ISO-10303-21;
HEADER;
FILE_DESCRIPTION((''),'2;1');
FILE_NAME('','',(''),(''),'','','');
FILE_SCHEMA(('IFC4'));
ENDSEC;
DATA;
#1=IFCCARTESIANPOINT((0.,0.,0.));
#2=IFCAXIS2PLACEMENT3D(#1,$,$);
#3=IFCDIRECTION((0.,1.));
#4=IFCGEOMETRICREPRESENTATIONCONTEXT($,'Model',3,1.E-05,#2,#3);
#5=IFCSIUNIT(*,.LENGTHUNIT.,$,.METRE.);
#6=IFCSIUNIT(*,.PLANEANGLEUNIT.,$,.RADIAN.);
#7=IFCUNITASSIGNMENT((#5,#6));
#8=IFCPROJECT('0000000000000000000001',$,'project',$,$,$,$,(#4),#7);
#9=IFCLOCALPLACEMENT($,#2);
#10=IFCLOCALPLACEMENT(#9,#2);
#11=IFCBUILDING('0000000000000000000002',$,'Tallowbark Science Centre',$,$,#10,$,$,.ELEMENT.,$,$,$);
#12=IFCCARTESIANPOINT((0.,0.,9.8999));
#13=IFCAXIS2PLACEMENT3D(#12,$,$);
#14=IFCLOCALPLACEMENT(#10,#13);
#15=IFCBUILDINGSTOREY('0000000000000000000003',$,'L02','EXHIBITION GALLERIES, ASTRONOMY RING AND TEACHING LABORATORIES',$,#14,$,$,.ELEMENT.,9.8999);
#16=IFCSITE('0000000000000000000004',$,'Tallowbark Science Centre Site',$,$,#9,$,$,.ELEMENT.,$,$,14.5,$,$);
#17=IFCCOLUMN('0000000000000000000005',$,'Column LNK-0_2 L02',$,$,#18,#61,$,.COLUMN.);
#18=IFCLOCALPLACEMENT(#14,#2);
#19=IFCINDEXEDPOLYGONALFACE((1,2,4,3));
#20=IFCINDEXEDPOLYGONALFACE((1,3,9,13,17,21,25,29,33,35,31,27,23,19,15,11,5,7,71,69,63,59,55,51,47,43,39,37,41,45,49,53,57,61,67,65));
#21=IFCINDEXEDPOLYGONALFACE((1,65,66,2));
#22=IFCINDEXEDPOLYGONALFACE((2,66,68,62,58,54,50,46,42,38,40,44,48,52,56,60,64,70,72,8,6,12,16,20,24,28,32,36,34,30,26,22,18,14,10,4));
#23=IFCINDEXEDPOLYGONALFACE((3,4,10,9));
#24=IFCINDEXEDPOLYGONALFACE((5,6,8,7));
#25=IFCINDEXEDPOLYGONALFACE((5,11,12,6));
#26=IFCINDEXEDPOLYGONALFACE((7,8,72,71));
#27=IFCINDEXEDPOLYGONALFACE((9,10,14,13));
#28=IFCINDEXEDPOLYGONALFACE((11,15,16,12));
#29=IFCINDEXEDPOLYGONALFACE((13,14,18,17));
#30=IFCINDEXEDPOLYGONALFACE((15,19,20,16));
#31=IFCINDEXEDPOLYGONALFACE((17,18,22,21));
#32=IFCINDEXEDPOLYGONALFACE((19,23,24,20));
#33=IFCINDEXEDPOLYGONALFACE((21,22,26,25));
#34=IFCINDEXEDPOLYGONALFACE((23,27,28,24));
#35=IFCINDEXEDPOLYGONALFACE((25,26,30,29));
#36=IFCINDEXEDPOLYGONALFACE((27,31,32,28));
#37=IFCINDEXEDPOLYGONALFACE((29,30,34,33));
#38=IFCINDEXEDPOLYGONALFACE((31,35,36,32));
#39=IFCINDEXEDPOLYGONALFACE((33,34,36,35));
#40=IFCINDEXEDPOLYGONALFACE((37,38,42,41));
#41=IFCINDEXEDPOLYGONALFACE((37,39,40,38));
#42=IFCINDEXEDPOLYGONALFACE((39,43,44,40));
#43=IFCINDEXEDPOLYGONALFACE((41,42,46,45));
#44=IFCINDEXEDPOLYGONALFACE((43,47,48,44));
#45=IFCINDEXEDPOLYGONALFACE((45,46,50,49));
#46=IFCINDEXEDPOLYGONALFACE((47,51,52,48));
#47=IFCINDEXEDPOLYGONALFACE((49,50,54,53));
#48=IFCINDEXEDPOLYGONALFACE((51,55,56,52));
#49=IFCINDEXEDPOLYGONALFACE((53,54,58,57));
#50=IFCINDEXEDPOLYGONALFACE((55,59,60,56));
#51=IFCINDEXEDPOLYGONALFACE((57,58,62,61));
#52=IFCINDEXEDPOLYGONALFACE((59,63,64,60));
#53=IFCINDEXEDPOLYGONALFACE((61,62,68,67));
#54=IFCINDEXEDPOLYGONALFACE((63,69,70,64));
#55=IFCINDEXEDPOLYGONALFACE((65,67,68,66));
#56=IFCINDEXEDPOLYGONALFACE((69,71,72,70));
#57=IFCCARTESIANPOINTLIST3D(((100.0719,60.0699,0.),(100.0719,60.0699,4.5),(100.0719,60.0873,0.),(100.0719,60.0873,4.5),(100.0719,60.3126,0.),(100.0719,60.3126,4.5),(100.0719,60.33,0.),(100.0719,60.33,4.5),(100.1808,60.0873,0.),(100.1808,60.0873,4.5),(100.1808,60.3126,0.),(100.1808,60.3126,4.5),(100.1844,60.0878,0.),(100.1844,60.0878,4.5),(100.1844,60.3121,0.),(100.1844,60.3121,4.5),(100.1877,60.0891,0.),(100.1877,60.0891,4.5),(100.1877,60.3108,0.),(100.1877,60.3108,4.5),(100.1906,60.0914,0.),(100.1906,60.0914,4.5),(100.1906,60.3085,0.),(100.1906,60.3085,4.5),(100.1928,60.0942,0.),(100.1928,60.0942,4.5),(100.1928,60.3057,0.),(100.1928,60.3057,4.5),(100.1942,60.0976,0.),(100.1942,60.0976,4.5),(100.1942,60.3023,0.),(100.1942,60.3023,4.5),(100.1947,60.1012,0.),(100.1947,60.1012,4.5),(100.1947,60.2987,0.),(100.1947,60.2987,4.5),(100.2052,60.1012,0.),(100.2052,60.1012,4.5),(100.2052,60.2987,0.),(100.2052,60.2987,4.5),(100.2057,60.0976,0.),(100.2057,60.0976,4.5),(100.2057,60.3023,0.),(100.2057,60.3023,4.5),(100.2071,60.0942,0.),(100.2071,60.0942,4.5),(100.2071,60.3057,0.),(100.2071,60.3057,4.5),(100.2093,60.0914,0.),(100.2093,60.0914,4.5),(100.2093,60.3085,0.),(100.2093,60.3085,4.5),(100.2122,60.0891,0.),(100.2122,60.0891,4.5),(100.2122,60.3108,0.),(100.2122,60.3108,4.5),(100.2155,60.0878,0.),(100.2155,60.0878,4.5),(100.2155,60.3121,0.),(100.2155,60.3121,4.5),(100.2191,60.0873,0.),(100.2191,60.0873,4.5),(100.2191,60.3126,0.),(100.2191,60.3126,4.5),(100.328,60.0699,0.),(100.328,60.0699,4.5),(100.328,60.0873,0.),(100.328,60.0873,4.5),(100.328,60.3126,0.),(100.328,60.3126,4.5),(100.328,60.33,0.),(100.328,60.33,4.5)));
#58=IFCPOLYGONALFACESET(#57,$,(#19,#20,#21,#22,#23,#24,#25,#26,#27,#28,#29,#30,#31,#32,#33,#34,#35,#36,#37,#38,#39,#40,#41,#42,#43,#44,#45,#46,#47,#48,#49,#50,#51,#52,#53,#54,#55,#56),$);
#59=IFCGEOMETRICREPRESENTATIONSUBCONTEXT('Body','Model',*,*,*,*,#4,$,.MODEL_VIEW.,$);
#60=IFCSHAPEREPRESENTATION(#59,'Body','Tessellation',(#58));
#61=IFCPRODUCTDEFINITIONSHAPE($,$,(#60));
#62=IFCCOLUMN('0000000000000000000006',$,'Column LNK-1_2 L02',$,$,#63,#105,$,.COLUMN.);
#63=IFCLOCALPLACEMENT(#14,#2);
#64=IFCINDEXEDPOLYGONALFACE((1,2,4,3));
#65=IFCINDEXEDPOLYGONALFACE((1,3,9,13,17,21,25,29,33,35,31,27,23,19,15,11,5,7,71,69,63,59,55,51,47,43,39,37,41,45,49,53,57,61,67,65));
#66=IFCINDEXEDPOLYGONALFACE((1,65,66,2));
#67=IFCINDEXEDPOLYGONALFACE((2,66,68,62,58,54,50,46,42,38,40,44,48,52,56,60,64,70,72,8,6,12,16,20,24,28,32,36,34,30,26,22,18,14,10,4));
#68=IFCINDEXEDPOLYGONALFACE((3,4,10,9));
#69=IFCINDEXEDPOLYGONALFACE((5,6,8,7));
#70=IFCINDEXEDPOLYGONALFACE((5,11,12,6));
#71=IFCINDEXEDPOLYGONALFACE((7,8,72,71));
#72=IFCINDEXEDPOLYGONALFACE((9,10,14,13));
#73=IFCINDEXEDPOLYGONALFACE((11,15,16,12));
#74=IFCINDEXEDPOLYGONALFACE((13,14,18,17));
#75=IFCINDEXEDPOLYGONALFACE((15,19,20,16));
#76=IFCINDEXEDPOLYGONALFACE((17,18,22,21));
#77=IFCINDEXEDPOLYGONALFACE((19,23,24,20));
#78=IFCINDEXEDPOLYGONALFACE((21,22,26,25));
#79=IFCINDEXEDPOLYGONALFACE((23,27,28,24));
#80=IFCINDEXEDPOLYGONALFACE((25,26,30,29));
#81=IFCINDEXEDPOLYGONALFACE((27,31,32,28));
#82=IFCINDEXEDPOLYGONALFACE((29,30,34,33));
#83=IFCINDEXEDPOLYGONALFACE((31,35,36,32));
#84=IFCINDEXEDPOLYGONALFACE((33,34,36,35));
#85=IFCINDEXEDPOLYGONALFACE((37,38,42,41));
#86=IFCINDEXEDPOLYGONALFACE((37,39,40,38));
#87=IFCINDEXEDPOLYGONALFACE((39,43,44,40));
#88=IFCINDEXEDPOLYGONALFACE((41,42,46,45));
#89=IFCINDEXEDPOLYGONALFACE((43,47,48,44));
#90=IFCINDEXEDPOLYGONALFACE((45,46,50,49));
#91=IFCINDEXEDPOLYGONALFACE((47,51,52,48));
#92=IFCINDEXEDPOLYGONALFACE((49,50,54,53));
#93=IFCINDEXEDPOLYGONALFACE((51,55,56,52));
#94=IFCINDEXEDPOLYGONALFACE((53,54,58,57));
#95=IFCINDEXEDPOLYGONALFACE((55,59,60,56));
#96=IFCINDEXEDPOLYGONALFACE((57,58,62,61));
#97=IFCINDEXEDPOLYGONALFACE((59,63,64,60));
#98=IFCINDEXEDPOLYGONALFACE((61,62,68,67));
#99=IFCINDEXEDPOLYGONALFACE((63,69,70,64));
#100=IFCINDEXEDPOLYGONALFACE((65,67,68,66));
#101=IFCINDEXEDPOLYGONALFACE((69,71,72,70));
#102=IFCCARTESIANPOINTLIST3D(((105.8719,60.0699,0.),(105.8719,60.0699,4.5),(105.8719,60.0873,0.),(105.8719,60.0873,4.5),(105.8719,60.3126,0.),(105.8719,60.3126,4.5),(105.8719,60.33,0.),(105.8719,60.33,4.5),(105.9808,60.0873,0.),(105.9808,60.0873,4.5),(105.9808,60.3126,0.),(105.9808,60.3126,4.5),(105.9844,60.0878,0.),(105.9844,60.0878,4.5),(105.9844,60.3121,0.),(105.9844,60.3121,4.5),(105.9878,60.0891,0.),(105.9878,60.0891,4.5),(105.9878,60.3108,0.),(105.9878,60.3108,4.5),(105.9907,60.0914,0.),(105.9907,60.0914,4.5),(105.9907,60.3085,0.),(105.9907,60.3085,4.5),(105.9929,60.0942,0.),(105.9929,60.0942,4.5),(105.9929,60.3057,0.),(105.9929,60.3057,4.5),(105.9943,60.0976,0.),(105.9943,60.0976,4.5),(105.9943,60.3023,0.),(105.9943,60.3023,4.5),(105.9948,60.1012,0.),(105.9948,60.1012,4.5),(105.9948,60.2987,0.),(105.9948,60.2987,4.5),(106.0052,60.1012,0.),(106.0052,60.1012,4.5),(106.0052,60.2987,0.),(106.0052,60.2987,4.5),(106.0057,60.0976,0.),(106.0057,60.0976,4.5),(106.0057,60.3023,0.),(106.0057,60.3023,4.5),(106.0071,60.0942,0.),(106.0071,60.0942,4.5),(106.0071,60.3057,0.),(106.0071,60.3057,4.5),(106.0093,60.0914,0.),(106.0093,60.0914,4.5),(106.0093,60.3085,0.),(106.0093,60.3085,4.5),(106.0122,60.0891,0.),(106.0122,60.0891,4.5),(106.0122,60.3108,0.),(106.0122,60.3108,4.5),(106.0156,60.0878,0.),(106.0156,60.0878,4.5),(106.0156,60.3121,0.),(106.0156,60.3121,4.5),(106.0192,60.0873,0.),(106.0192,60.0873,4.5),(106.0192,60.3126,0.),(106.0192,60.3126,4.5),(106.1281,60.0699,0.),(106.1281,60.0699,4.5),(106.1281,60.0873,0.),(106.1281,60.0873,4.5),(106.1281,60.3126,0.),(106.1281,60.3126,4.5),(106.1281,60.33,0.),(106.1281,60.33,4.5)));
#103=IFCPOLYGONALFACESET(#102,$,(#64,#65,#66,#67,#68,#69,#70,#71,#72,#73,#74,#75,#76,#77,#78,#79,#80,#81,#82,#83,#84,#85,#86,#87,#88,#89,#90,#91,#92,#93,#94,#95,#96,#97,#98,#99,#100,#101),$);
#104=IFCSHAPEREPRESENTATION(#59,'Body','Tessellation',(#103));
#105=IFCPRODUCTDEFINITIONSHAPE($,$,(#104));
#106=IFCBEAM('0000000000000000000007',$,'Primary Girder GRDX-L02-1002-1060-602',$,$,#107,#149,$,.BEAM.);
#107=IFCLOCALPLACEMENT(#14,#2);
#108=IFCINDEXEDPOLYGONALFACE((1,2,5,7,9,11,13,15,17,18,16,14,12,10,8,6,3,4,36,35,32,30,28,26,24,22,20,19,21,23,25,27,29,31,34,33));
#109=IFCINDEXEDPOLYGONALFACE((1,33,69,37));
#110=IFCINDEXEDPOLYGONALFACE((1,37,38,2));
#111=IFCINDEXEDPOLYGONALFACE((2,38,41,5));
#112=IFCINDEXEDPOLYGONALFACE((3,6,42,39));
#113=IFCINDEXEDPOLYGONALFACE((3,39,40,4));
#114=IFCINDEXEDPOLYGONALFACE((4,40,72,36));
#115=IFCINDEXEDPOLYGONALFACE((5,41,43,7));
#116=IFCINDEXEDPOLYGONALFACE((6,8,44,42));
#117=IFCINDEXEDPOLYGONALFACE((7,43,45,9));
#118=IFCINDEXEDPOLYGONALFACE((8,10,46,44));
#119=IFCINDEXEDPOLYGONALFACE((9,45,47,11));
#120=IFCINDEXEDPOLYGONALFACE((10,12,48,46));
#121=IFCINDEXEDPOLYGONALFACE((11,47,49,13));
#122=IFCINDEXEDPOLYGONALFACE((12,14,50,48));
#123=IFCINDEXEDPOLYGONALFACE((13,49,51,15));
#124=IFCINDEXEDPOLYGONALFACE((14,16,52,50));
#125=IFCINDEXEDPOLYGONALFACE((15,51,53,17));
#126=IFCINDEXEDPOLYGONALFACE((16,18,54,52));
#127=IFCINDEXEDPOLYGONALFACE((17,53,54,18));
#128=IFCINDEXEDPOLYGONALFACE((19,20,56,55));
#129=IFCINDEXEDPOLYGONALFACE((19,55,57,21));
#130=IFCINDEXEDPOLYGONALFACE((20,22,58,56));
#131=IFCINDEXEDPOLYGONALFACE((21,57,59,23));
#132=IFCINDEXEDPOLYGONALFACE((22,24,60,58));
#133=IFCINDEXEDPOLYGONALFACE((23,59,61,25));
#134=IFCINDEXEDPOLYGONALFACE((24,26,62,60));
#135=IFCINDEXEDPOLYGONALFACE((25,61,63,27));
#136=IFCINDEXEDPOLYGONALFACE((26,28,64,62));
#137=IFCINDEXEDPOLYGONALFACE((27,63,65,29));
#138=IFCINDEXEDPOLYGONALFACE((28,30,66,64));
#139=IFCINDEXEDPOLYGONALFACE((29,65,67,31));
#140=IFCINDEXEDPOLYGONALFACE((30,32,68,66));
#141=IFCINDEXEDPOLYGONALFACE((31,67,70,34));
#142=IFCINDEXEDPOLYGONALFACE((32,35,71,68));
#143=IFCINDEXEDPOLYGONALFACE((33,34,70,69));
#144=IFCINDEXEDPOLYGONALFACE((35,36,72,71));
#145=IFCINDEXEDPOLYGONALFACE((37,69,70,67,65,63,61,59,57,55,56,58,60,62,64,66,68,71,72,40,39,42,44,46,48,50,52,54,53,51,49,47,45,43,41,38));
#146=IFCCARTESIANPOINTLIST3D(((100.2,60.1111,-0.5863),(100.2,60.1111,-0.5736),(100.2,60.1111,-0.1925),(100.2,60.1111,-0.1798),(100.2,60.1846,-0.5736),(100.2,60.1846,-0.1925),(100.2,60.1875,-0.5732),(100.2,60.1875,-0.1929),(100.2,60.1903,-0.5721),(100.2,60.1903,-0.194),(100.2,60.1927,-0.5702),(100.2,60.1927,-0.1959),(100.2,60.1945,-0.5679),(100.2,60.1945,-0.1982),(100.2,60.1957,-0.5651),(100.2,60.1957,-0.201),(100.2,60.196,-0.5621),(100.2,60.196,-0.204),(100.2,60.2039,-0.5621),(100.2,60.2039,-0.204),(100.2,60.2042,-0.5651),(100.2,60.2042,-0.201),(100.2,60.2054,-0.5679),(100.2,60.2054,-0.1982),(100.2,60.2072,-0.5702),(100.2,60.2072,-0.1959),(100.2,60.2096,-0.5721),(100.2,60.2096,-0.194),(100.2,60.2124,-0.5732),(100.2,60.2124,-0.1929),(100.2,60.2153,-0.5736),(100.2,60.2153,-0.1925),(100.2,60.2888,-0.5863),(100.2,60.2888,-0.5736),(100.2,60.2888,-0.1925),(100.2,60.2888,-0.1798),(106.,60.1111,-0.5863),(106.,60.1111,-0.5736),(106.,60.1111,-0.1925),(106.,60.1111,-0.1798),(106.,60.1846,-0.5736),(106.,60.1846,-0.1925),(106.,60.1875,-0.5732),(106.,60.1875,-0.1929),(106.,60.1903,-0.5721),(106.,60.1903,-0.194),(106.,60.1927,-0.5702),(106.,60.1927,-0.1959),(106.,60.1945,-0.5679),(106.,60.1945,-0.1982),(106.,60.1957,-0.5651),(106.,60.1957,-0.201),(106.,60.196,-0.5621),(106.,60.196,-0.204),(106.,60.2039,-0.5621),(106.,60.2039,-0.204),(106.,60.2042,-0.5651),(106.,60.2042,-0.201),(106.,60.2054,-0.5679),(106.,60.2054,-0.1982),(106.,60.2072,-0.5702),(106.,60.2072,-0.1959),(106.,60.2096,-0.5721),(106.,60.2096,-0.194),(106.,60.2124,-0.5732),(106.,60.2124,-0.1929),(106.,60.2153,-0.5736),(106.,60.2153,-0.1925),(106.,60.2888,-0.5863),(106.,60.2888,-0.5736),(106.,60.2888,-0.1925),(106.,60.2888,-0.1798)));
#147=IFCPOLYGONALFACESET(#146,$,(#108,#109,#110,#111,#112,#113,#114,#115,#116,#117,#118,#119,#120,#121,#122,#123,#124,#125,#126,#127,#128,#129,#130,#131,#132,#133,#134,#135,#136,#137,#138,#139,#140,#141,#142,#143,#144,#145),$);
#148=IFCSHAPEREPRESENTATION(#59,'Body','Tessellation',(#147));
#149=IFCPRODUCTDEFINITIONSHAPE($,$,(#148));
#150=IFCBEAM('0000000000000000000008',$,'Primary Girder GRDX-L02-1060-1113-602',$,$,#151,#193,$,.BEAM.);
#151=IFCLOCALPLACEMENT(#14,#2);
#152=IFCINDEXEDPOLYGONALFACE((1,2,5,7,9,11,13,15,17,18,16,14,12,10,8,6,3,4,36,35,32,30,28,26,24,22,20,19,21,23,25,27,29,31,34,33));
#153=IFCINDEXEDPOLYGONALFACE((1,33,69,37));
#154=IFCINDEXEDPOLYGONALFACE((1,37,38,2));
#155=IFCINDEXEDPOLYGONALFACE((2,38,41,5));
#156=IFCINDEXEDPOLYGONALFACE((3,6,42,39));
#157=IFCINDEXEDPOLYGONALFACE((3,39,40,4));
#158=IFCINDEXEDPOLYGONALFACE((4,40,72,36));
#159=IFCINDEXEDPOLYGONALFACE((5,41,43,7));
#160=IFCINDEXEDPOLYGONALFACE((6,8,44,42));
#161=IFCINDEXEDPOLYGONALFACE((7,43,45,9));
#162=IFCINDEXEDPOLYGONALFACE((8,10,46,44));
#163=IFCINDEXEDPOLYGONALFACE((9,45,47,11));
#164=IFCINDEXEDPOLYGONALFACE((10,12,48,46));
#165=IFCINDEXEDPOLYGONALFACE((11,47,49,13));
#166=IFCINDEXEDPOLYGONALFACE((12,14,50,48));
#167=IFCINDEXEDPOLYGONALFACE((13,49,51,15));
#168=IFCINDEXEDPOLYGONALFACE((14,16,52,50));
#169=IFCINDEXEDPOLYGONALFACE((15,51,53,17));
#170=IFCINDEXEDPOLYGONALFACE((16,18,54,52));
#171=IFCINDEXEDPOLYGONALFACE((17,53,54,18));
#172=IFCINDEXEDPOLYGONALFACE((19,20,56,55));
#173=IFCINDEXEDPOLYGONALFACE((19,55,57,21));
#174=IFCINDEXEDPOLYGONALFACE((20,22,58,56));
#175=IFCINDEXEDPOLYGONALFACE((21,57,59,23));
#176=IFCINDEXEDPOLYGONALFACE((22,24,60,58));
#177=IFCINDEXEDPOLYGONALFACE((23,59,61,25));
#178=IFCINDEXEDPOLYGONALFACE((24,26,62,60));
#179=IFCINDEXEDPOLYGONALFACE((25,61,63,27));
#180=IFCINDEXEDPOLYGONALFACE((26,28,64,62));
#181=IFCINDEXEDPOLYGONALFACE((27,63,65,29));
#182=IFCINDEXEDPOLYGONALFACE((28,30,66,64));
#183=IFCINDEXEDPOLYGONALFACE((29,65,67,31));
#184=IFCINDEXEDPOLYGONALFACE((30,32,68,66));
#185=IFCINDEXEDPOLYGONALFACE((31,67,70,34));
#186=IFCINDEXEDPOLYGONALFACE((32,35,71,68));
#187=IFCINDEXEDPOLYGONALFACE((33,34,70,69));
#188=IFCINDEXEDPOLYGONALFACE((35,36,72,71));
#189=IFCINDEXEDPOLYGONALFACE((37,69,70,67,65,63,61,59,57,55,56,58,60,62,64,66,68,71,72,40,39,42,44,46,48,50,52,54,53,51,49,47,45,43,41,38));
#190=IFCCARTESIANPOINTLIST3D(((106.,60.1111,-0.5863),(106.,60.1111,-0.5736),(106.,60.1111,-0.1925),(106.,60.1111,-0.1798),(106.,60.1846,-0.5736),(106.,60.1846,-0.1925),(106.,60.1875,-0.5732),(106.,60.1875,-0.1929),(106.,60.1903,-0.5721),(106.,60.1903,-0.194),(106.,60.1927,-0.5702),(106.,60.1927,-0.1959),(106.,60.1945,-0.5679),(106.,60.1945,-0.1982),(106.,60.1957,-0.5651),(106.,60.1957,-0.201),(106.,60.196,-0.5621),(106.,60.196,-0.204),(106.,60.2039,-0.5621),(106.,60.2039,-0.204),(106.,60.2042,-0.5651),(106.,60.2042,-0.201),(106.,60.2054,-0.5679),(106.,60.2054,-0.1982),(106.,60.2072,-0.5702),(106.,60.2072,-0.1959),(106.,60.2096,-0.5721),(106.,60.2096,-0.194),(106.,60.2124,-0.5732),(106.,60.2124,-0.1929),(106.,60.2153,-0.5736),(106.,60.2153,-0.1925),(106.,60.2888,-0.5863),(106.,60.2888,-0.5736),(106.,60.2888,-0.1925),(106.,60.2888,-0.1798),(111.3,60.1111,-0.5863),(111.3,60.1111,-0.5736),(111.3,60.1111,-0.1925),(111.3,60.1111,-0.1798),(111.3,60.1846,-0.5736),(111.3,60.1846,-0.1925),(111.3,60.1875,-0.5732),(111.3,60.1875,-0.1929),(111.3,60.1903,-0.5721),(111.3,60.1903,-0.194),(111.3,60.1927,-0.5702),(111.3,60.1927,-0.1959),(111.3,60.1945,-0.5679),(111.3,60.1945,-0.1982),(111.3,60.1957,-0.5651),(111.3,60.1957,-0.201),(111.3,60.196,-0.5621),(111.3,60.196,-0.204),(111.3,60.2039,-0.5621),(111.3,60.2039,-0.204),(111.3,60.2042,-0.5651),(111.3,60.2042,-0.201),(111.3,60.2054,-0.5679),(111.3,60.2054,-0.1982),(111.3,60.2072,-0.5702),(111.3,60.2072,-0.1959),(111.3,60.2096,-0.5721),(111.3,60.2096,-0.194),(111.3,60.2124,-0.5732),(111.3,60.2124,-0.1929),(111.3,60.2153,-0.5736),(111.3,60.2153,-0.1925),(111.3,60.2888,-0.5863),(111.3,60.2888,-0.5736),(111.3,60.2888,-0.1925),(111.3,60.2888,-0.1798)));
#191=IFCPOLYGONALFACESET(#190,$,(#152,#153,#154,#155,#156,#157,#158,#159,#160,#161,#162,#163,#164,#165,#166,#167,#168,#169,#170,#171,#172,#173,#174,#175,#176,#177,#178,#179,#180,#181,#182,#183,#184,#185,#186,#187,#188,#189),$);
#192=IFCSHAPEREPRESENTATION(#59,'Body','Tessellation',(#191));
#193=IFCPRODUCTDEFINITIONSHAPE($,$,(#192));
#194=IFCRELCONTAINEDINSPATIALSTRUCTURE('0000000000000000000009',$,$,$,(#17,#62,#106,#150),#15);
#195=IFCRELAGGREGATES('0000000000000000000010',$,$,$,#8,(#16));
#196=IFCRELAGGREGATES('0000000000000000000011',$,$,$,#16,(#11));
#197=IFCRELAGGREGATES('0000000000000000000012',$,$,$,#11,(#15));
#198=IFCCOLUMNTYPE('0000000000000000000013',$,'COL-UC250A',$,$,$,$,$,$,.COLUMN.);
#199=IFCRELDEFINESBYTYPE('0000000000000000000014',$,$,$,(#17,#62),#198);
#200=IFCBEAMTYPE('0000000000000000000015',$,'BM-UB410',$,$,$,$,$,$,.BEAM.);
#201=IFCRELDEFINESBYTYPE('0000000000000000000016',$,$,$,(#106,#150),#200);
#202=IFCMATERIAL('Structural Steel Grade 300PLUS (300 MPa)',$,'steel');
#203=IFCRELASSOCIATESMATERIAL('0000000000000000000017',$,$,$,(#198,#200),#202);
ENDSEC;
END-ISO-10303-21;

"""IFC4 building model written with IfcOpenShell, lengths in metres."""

from ifc_helpers import new_model, si_unit, direction, frame, origin, origin_2d, place, context, subcontext, project, spatial, i_section, extrude, material, material_profile, profile_set, type_object, element, save


model = new_model("IFC4")

# Units and contexts
model_context = context("Model", 3, precision=1e-05, world=origin(), true_north=direction((0.0, 1.0)))
body_context = subcontext(model_context, "Body", "Model", "MODEL_VIEW")
ifc_project = project(units=[si_unit("LENGTHUNIT", "METRE"), si_unit("PLANEANGLEUNIT", "RADIAN")], contexts=[model_context])

# Site, building, storey
site_placement = place(None, origin())
site = spatial("IfcSite", under=ifc_project, at=site_placement, Name="Tallowbark Science Centre Site", CompositionType="ELEMENT", RefElevation=14.5)
building_placement = place(site_placement, origin())
building = spatial("IfcBuilding", under=site, at=building_placement, Name="Tallowbark Science Centre", CompositionType="ELEMENT")
storey_placement = place(building_placement, frame((0.0, 0.0, 9.8999)))
storey = spatial("IfcBuildingStorey", under=building, at=storey_placement, Name="L02", Description="EXHIBITION GALLERIES, ASTRONOMY RING AND TEACHING LABORATORIES", CompositionType="ELEMENT", Elevation=9.8999)

# Columns
ifc_material_1 = material(Name="Structural Steel Grade 300PLUS (300 MPa)", Category="steel")
ifc_material_profile_1 = material_profile(ifc_material_1, i_section(OverallWidth=0.2561, OverallDepth=0.26, WebThickness=0.0105, FlangeThickness=0.0173, FilletRadius=0.0139, at=origin_2d()), Name="250UC89.5")
ifc_profile_set_1 = profile_set([ifc_material_profile_1], Name="Structural Steel Grade 300PLUS (300 MPa)")
column_type = type_object("IfcColumnType", Name="COL-UC250A", PredefinedType="COLUMN", material=ifc_profile_set_1)
for number, where, z_axis, x_axis, name in (
    (1, (100.2, 60.2, 0.0), (0.0, 0.0, 1.0), (1.0, 0.0, 0.0), "Column LNK-0_2 L02"),
    (2, (106.0, 60.2, 0.0), (0.0, 0.0, 1.0), (1.0, 0.0, 0.0), "Column LNK-1_2 L02"),
):
    element("IfcColumn", number, at=place(storey_placement, frame(where, z_axis=z_axis, x_axis=x_axis)), inside=storey, type_object=column_type, Name=name, PredefinedType="COLUMN", context=body_context, shape_type="SweptSolid", body=[
        extrude(i_section(OverallWidth=0.2561, OverallDepth=0.26, WebThickness=0.0105, FlangeThickness=0.0173, FilletRadius=0.0139, at=origin_2d()), origin(), (0.0, 0.0, 1.0), 4.5),
    ])

# Beams
ifc_material_profile_2 = material_profile(ifc_material_1, i_section(OverallWidth=0.1777, OverallDepth=0.4065, WebThickness=0.0078, FlangeThickness=0.0127, FilletRadius=0.0115, at=origin_2d()), Name="410UB59.7")
ifc_profile_set_2 = profile_set([ifc_material_profile_2], Name="Structural Steel Grade 300PLUS (300 MPa)")
beam_type = type_object("IfcBeamType", Name="BM-UB410", PredefinedType="BEAM", material=ifc_profile_set_2)
beam_1_placement = place(storey_placement, frame((100.2, 60.2, -0.3831), z_axis=(1.0, 0.0, 0.0), x_axis=(0.0, 1.0, 0.0)))
element("IfcBeam", 3, at=beam_1_placement, inside=storey, type_object=beam_type, Name="Primary Girder GRDX-L02-1002-1060-602", PredefinedType="BEAM", context=body_context, shape_type="SweptSolid", body=[
    extrude(i_section(OverallWidth=0.1777, OverallDepth=0.4065, WebThickness=0.0078, FlangeThickness=0.0127, FilletRadius=0.0115, at=origin_2d()), origin(), (0.0, 0.0, 1.0), 5.8),
])
beam_2_placement = place(storey_placement, frame((106.0, 60.2, -0.3831), z_axis=(1.0, 0.0, 0.0), x_axis=(0.0, 1.0, 0.0)))
element("IfcBeam", 4, at=beam_2_placement, inside=storey, type_object=beam_type, Name="Primary Girder GRDX-L02-1060-1113-602", PredefinedType="BEAM", context=body_context, shape_type="SweptSolid", body=[
    extrude(i_section(OverallWidth=0.1777, OverallDepth=0.4065, WebThickness=0.0078, FlangeThickness=0.0127, FilletRadius=0.0115, at=origin_2d()), origin(), (0.0, 0.0, 1.0), 5.3),
])

save(model, "model.ifc")
